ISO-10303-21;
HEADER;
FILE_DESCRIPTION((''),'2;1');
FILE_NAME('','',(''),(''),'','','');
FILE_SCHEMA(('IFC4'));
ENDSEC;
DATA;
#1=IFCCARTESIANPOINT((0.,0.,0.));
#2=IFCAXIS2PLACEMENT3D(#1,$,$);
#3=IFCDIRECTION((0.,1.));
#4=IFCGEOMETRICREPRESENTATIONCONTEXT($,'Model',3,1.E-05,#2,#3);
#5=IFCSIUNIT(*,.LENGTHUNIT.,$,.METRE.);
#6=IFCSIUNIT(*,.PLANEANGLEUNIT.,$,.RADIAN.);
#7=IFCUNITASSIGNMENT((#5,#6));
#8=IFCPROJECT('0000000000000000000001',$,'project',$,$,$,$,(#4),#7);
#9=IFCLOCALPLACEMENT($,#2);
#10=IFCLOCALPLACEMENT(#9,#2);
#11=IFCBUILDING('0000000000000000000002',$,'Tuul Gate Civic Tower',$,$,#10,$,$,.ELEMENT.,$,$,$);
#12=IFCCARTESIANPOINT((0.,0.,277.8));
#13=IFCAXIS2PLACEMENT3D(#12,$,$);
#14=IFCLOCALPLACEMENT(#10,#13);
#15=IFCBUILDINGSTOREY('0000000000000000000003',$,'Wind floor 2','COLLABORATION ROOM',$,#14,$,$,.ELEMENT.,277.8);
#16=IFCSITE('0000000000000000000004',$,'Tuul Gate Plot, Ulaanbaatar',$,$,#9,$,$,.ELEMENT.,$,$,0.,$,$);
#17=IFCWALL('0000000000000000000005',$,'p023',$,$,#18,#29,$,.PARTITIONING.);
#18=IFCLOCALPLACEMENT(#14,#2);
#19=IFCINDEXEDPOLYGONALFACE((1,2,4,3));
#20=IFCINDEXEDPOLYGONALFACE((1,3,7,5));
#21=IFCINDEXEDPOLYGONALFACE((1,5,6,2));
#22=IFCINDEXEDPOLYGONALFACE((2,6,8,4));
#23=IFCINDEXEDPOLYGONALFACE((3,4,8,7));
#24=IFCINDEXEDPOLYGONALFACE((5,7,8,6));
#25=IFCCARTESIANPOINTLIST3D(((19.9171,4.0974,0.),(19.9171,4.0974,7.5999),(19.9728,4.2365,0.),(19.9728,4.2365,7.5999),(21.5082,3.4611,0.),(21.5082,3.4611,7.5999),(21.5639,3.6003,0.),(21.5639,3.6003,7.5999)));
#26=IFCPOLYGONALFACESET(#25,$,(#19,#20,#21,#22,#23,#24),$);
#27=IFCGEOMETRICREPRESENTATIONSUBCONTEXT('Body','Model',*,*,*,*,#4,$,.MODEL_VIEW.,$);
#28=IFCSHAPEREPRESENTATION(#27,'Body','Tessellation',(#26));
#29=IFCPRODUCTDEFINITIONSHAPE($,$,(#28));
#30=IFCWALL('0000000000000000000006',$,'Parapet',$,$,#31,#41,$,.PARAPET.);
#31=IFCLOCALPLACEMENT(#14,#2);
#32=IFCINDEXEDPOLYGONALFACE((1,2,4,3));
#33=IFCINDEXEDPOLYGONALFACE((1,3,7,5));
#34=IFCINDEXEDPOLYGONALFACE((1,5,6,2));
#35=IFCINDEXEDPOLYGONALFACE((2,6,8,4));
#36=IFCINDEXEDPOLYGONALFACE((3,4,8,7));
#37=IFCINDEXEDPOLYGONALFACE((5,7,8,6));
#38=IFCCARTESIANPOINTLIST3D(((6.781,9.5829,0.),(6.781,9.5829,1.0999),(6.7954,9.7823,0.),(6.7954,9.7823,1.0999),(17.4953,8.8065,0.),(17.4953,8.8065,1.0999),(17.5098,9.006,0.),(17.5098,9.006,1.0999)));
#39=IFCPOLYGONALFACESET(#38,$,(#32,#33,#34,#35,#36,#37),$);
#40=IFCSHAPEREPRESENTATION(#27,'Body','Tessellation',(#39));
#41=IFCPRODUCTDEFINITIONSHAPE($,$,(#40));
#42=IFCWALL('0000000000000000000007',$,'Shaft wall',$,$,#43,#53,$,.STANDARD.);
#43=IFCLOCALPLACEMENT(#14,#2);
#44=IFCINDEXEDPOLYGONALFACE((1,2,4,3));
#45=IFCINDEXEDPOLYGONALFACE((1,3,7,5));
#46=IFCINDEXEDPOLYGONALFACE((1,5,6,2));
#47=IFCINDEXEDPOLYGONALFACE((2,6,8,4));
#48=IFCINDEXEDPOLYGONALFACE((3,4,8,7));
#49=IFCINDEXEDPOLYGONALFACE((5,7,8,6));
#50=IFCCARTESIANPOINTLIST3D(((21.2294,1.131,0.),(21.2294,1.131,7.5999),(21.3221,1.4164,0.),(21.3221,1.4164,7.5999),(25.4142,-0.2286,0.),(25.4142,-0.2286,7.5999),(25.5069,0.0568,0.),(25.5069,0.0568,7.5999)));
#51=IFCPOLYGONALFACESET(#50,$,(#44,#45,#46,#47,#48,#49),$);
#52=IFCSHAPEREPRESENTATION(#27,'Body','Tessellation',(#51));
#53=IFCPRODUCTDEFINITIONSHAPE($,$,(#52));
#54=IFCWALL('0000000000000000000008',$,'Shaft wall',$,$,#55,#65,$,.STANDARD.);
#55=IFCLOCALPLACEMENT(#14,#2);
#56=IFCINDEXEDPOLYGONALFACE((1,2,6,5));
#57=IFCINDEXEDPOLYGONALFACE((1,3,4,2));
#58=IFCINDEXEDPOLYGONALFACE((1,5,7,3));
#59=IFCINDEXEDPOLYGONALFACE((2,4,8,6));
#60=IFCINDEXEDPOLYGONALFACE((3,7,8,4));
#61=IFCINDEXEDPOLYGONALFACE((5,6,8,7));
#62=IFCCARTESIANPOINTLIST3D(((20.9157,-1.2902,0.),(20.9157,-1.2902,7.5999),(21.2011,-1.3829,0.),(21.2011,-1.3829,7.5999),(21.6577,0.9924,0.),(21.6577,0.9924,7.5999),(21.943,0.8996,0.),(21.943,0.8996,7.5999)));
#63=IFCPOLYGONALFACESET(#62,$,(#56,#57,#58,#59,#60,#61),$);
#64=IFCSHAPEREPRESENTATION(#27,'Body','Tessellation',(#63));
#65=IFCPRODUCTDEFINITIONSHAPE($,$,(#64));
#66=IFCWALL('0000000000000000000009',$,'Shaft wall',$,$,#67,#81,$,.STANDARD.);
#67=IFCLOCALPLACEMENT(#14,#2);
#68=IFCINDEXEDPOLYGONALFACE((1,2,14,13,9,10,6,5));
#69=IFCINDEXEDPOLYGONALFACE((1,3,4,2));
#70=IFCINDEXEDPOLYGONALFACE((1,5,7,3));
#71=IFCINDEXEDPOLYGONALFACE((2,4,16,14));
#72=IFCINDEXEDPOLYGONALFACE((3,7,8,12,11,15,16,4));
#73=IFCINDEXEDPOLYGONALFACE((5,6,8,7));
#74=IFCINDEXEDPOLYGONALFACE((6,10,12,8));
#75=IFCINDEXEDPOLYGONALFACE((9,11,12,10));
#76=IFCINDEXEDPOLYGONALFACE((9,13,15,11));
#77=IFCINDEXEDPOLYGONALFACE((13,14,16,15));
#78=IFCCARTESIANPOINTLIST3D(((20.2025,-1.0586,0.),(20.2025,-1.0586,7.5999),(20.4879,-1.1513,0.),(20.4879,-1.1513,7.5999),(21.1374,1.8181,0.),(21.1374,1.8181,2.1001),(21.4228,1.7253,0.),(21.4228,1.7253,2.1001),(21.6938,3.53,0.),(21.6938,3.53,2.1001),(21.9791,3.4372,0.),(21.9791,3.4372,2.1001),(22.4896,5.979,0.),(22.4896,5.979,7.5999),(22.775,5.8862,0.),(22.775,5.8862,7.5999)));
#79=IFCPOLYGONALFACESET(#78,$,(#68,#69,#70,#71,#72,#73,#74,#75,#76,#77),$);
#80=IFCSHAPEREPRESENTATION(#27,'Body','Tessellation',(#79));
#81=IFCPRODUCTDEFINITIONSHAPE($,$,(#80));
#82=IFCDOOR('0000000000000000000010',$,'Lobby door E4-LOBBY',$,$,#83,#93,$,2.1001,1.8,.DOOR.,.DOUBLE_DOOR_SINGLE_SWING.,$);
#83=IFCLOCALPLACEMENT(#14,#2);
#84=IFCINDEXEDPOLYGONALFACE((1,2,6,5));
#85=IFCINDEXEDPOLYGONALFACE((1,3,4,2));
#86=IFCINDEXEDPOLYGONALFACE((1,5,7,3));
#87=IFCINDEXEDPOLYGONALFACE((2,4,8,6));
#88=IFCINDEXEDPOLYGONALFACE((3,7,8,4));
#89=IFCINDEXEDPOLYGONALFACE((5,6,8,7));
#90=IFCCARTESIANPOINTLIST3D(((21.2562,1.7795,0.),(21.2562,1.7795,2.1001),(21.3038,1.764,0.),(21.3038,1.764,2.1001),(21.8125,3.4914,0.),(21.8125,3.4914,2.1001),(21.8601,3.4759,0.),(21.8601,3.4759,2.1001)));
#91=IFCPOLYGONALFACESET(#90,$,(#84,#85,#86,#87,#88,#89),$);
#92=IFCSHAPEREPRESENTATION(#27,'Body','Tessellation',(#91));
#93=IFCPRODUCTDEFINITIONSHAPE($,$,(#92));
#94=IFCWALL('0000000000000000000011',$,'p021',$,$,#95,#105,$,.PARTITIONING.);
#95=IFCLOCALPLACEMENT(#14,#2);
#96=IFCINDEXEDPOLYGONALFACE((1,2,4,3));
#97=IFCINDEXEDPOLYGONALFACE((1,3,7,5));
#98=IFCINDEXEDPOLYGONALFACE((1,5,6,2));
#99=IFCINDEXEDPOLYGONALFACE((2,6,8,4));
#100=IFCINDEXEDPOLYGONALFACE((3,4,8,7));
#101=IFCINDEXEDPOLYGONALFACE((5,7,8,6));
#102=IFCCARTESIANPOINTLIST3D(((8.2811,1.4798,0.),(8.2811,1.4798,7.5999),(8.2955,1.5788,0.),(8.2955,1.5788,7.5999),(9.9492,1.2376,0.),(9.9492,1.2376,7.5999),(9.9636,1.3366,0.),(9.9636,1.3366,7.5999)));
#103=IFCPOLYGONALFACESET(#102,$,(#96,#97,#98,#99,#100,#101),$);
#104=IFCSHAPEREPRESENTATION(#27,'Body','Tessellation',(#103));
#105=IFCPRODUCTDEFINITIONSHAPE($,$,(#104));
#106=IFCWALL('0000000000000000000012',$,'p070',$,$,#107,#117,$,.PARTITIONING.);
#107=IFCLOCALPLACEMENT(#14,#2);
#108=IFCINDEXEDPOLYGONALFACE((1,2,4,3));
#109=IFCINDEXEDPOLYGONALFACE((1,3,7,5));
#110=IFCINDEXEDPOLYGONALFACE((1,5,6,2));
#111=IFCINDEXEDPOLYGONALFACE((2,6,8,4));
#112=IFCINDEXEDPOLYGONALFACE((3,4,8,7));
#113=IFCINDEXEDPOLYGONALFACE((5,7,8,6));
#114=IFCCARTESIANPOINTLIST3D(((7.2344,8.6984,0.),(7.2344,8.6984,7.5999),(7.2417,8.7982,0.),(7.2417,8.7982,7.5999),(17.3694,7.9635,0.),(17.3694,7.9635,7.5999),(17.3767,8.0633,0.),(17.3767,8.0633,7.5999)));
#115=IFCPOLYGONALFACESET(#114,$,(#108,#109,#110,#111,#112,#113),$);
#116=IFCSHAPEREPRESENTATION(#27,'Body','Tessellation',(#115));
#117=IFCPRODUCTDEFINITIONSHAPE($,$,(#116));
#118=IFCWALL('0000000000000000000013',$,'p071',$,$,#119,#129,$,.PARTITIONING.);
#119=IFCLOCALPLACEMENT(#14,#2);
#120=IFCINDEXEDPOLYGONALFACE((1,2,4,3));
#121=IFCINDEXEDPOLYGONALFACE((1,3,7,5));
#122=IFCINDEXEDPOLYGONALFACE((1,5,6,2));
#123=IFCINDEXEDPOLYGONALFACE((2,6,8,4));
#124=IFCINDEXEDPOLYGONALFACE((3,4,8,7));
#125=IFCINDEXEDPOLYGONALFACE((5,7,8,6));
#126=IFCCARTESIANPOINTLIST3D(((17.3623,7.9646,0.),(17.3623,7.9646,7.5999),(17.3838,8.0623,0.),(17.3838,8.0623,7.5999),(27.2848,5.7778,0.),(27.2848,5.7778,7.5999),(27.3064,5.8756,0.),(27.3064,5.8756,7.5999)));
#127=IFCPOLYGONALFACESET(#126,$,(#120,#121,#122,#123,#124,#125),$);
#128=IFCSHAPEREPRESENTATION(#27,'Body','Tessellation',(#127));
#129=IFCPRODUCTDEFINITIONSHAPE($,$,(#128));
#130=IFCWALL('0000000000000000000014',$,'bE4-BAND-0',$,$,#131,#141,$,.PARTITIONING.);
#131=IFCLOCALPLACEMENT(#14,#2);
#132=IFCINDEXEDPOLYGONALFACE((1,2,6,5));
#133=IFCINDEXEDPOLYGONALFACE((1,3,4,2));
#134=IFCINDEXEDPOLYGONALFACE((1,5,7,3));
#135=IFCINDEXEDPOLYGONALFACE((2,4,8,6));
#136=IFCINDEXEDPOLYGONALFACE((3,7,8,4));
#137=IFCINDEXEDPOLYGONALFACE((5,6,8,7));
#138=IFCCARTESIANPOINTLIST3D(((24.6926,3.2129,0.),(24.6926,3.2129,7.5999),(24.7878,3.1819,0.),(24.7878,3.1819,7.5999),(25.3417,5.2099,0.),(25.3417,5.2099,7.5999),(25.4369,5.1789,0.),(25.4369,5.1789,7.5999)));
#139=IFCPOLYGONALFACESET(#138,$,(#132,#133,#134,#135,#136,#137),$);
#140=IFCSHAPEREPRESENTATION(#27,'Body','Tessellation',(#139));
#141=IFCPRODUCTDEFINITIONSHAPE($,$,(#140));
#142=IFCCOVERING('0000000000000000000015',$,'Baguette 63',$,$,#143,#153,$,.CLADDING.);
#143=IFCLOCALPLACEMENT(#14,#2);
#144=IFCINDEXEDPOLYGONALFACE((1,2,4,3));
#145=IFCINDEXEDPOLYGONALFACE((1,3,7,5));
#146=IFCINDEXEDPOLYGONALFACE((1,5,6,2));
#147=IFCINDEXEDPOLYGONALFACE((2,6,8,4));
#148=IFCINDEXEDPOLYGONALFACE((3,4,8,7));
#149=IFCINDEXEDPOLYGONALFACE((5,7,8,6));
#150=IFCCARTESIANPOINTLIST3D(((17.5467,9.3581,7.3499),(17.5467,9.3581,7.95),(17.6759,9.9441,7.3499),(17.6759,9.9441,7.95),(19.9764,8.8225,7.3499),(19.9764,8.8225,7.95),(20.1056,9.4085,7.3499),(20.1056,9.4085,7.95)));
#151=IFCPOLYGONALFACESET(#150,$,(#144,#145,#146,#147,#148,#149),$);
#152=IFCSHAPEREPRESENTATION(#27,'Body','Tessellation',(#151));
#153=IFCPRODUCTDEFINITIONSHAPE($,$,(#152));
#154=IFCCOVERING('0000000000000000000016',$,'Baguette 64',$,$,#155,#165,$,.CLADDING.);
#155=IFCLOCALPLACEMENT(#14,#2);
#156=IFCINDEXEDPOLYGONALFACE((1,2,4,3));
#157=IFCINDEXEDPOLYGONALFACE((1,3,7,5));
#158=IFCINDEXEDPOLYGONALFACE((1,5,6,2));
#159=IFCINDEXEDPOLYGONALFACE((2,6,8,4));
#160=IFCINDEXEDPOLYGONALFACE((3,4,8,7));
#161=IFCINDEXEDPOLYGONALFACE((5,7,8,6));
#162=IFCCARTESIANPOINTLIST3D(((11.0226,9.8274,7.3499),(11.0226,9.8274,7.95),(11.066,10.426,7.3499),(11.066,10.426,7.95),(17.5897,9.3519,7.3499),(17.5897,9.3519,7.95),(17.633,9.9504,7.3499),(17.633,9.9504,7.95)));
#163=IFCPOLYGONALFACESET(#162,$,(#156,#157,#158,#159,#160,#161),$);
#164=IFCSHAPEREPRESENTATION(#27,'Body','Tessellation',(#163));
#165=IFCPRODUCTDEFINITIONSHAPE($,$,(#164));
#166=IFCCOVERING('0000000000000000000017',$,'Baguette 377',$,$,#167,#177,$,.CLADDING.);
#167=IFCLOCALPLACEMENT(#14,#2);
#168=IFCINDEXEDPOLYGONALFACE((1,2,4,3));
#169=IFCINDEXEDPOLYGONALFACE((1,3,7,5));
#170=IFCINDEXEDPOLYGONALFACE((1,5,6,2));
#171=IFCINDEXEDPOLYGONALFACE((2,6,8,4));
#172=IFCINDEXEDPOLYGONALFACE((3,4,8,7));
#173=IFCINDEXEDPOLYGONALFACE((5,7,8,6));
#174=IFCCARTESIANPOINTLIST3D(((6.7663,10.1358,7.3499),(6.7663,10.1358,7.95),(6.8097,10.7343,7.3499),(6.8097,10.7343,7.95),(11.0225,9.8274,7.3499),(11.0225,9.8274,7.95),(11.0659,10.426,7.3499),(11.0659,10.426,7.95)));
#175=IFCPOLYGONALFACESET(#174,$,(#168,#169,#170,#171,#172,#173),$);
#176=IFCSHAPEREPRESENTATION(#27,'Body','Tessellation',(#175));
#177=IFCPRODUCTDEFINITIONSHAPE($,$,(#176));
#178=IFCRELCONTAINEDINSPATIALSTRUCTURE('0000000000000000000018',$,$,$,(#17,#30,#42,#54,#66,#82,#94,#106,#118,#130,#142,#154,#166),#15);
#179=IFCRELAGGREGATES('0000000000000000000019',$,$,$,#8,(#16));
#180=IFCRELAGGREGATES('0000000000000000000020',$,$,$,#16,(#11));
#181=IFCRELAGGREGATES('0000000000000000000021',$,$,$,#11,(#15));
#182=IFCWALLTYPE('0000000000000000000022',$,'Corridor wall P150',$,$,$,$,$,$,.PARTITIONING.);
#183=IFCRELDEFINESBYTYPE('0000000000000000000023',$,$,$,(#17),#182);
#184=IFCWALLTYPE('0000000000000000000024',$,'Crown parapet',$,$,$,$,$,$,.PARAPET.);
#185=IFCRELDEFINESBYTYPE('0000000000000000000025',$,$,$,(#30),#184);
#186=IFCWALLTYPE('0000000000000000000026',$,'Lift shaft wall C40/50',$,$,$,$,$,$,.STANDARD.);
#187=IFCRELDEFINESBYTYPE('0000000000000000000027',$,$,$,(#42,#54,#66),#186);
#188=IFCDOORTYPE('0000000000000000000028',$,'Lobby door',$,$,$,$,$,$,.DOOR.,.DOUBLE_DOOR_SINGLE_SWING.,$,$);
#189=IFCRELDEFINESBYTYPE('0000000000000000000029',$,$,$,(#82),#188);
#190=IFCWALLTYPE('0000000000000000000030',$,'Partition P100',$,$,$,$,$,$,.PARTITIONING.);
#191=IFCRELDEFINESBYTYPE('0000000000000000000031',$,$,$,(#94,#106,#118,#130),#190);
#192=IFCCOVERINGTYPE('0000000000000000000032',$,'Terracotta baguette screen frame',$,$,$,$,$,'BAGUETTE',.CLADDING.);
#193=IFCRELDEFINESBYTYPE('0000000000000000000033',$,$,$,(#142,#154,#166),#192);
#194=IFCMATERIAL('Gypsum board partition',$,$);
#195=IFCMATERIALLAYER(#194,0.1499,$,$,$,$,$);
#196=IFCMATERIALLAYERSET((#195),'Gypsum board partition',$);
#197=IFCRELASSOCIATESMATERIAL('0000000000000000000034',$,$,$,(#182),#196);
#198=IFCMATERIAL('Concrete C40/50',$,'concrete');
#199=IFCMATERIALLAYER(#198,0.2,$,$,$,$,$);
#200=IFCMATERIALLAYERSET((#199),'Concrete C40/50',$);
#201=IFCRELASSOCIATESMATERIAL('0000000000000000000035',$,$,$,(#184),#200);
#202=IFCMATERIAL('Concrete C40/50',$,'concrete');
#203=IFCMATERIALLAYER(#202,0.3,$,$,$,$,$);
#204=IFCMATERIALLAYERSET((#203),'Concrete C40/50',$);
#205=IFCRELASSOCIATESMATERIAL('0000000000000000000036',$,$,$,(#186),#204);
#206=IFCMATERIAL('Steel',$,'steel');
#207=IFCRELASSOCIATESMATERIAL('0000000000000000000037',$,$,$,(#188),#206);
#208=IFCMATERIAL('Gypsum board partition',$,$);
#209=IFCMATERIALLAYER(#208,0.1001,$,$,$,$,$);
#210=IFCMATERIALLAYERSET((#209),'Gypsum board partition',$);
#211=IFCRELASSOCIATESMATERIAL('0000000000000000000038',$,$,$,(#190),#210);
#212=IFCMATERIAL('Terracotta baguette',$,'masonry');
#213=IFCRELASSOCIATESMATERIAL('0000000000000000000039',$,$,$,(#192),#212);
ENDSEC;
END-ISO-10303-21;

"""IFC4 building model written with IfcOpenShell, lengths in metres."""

from ifc_helpers import new_model, si_unit, direction, frame, frame_2d, origin, origin_2d, place, context, subcontext, project, spatial, rectangle, extrude, material, layer, layer_set, material_profile, profile_set, type_object, element, fill, save


model = new_model("IFC4")

# Units and contexts
model_context = context("Model", 3, precision=1e-05, world=origin(), true_north=direction((0.0, 1.0)))
body_context = subcontext(model_context, "Body", "Model", "MODEL_VIEW")
ifc_project = project(units=[si_unit("LENGTHUNIT", "METRE"), si_unit("PLANEANGLEUNIT", "RADIAN")], contexts=[model_context])

# Site, building, storey
site_placement = place(None, origin())
site = spatial("IfcSite", under=ifc_project, at=site_placement, Name="Tuul Gate Plot, Ulaanbaatar", CompositionType="ELEMENT", RefElevation=0.0)
building_placement = place(site_placement, origin())
building = spatial("IfcBuilding", under=site, at=building_placement, Name="Tuul Gate Civic Tower", CompositionType="ELEMENT")
storey_placement = place(building_placement, frame((0.0, 0.0, 277.8)))
storey = spatial("IfcBuildingStorey", under=building, at=storey_placement, Name="Wind floor 2", Description="COLLABORATION ROOM", CompositionType="ELEMENT", Elevation=277.8)

# Walls
ifc_material_1 = material(Name="Gypsum board partition")
ifc_layer_1 = layer(ifc_material_1, 0.1499)
ifc_layer_set_1 = layer_set([ifc_layer_1], Name="Gypsum board partition")
wall_type_1 = type_object("IfcWallType", Name="Corridor wall P150", PredefinedType="PARTITIONING", material=ifc_layer_set_1)
wall_1_placement = place(storey_placement, frame((19.9448, 4.167, 0.0), z_axis=(0.0, 0.0, 1.0), x_axis=(0.928516, -0.371292, 0.0)))
element("IfcWall", 1, at=wall_1_placement, inside=storey, type_object=wall_type_1, Name="p023", PredefinedType="PARTITIONING", context=body_context, shape_type="SweptSolid", body=[
    extrude(rectangle(XDim=1.7136, YDim=0.1499, at=frame_2d((0.8569, 0.0))), origin(), (0.0, 0.0, 1.0), 7.5999),
])
ifc_material_2 = material(Name="Concrete C40/50", Category="concrete")
ifc_layer_2 = layer(ifc_material_2, 0.2)
ifc_layer_set_2 = layer_set([ifc_layer_2], Name="Concrete C40/50")
wall_type_2 = type_object("IfcWallType", Name="Crown parapet", PredefinedType="PARAPET", material=ifc_layer_set_2)
wall_2_placement = place(storey_placement, frame((17.5024, 8.9062, 0.0), z_axis=(0.0, 0.0, 1.0), x_axis=(-0.997385, 0.072271, 0.0)))
element("IfcWall", 2, at=wall_2_placement, inside=storey, type_object=wall_type_2, Name="Parapet", PredefinedType="PARAPET", context=body_context, shape_type="SweptSolid", body=[
    extrude(rectangle(XDim=10.7424, YDim=0.2, at=frame_2d((5.3711, 0.0))), origin(), (0.0, 0.0, 1.0), 1.0999),
])
ifc_material_3 = material(Name="Concrete C40/50", Category="concrete")
ifc_layer_3 = layer(ifc_material_3, 0.3)
ifc_layer_set_3 = layer_set([ifc_layer_3], Name="Concrete C40/50")
wall_type_3 = type_object("IfcWallType", Name="Lift shaft wall C40/50", PredefinedType="STANDARD", material=ifc_layer_set_3)
wall_3_placement = place(storey_placement, frame((25.4607, -0.0859, 0.0), z_axis=(0.0, 0.0, 1.0), x_axis=(-0.951064, 0.308994, 0.0)))
element("IfcWall", 3, at=wall_3_placement, inside=storey, type_object=wall_type_3, Name="Shaft wall", PredefinedType="STANDARD", context=body_context, shape_type="SweptSolid", body=[
    extrude(rectangle(XDim=4.4001, YDim=0.3, at=frame_2d((2.2002, 0.0))), origin(), (0.0, 0.0, 1.0), 7.5999),
])
wall_4_placement = place(storey_placement, frame((21.0583, -1.3367, 0.0), z_axis=(0.0, 0.0, 1.0), x_axis=(0.309139, 0.951017, 0.0)))
element("IfcWall", 4, at=wall_4_placement, inside=storey, type_object=wall_type_3, Name="Shaft wall", PredefinedType="STANDARD", context=body_context, shape_type="SweptSolid", body=[
    extrude(rectangle(XDim=2.4001, YDim=0.3, at=frame_2d((1.2002, 0.0))), origin(), (0.0, 0.0, 1.0), 7.5999),
])

# Wall, opening, door
wall_5_placement = place(storey_placement, frame((20.3452, -1.105, 0.0), z_axis=(0.0, 0.0, 1.0), x_axis=(0.309073, 0.951038, 0.0)))
wall_5 = element("IfcWall", 5, at=wall_5_placement, inside=storey, type_object=wall_type_3, Name="Shaft wall", PredefinedType="STANDARD", context=body_context, shape_type="SweptSolid", body=[
    extrude(rectangle(XDim=7.3999, YDim=0.3, at=frame_2d((3.7, 0.0))), origin(), (0.0, 0.0, 1.0), 7.5999),
])
opening_placement = place(wall_5_placement, frame((3.0249, 0.0, 0.0)))
opening = element("IfcOpeningElement", 6, at=opening_placement, cuts=wall_5, PredefinedType="OPENING", context=body_context, shape_type="SweptSolid", body=[
    extrude(rectangle(XDim=1.8, YDim=2.1001, at=frame_2d((0.8999, 1.05))), frame((0.0, 0.1602, 0.0), z_axis=(0.0, -1.0, 0.0), x_axis=(1.0, 0.0, 0.0)), (0.0, 0.0, 1.0), 0.3201),
])
ifc_material_4 = material(Name="Steel", Category="steel")
door_type = type_object("IfcDoorType", Name="Lobby door", OperationType="DOUBLE_DOOR_SINGLE_SWING", PredefinedType="DOOR", material=ifc_material_4)
door_placement = place(opening_placement, frame((1.8, 0.0, 0.0), z_axis=(0.0, 0.0, 1.0), x_axis=(-1.0, 0.0, 0.0)))
door = element("IfcDoor", 7, at=door_placement, inside=storey, type_object=door_type, Name="Lobby door E4-LOBBY", OperationType="DOUBLE_DOOR_SINGLE_SWING", OverallHeight=2.1001, OverallWidth=1.8, PredefinedType="DOOR", context=body_context, shape_type="SweptSolid", body=[
    extrude(rectangle(XDim=1.8, YDim=2.1001, at=frame_2d((0.9001, 1.05))), frame((0.0, 0.0249, 0.0), z_axis=(0.0, -1.0, 0.0), x_axis=(1.0, 0.0, 0.0)), (0.0, 0.0, 1.0), 0.05),
])
fill(opening, door)

# Walls
ifc_material_5 = material(Name="Gypsum board partition")
ifc_layer_4 = layer(ifc_material_5, 0.1001)
ifc_layer_set_4 = layer_set([ifc_layer_4], Name="Gypsum board partition")
wall_type_4 = type_object("IfcWallType", Name="Partition P100", PredefinedType="PARTITIONING", material=ifc_layer_set_4)
wall_6_placement = place(storey_placement, frame((8.2883, 1.5293, 0.0), z_axis=(0.0, 0.0, 1.0), x_axis=(0.989622, -0.143692, 0.0)))
element("IfcWall", 8, at=wall_6_placement, inside=storey, type_object=wall_type_4, Name="p021", PredefinedType="PARTITIONING", context=body_context, shape_type="SweptSolid", body=[
    extrude(rectangle(XDim=1.6855, YDim=0.1001, at=frame_2d((0.8428, 0.0))), origin(), (0.0, 0.0, 1.0), 7.5999),
])
wall_7_placement = place(storey_placement, frame((7.238, 8.7483, 0.0), z_axis=(0.0, 0.0, 1.0), x_axis=(0.997382, -0.072318, 0.0)))
element("IfcWall", 9, at=wall_7_placement, inside=storey, type_object=wall_type_4, Name="p070", PredefinedType="PARTITIONING", context=body_context, shape_type="SweptSolid", body=[
    extrude(rectangle(XDim=10.1616, YDim=0.1001, at=frame_2d((5.0808, 0.0))), origin(), (0.0, 0.0, 1.0), 7.5999),
])
wall_8_placement = place(storey_placement, frame((17.373, 8.0134, 0.0), z_axis=(0.0, 0.0, 1.0), x_axis=(0.976566, -0.215218, 0.0)))
element("IfcWall", 10, at=wall_8_placement, inside=storey, type_object=wall_type_4, Name="p071", PredefinedType="PARTITIONING", context=body_context, shape_type="SweptSolid", body=[
    extrude(rectangle(XDim=10.1606, YDim=0.1001, at=frame_2d((5.0803, 0.0))), origin(), (0.0, 0.0, 1.0), 7.5999),
])
wall_9_placement = place(storey_placement, frame((24.7402, 3.1975, 0.0), z_axis=(0.0, 0.0, 1.0), x_axis=(0.309139, 0.951017, 0.0)))
element("IfcWall", 11, at=wall_9_placement, inside=storey, type_object=wall_type_4, Name="bE4-BAND-0", PredefinedType="PARTITIONING", context=body_context, shape_type="SweptSolid", body=[
    extrude(rectangle(XDim=2.0999, YDim=0.1001, at=frame_2d((1.0498, 0.0))), origin(), (0.0, 0.0, 1.0), 7.5999),
])

# Coverings
ifc_material_6 = material(Name="Terracotta baguette", Category="masonry")
ifc_material_profile_1 = material_profile(ifc_material_6, rectangle(XDim=0.6001, YDim=0.6001, at=origin_2d()), Name="Terracotta baguette screen frame")
ifc_profile_set_1 = profile_set([ifc_material_profile_1], Name="Terracotta baguette")
covering_type = type_object("IfcCoveringType", Name="Terracotta baguette screen frame", ElementType="BAGUETTE", PredefinedType="CLADDING", material=ifc_profile_set_1)
covering_1_placement = place(storey_placement, frame((20.041, 9.1155, 7.6499), z_axis=(-0.97655, 0.215289, 0.0), x_axis=(-0.215289, -0.97655, 0.0)))
element("IfcCovering", 12, at=covering_1_placement, inside=storey, type_object=covering_type, Name="Baguette 63", PredefinedType="CLADDING", context=body_context, shape_type="SweptSolid", body=[
    extrude(rectangle(XDim=0.6001, YDim=0.6001, at=origin_2d()), origin(), (0.0, 0.0, 1.0), 2.488),
])
covering_2_placement = place(storey_placement, frame((17.6113, 9.6511, 7.6499), z_axis=(-0.997388, 0.07223, 0.0), x_axis=(-0.07223, -0.997388, 0.0)))
element("IfcCovering", 13, at=covering_2_placement, inside=storey, type_object=covering_type, Name="Baguette 64", PredefinedType="CLADDING", context=body_context, shape_type="SweptSolid", body=[
    extrude(rectangle(XDim=0.6001, YDim=0.6001, at=origin_2d()), origin(), (0.0, 0.0, 1.0), 6.5842),
])
covering_3_placement = place(storey_placement, frame((11.0442, 10.1267, 7.6499), z_axis=(-0.997386, 0.072259, 0.0), x_axis=(-0.072259, -0.997386, 0.0)))
element("IfcCovering", 14, at=covering_3_placement, inside=storey, type_object=covering_type, Name="Baguette 377", PredefinedType="CLADDING", context=body_context, shape_type="SweptSolid", body=[
    extrude(rectangle(XDim=0.6001, YDim=0.6001, at=origin_2d()), origin(), (0.0, 0.0, 1.0), 4.2673),
])

save(model, "model.ifc")
